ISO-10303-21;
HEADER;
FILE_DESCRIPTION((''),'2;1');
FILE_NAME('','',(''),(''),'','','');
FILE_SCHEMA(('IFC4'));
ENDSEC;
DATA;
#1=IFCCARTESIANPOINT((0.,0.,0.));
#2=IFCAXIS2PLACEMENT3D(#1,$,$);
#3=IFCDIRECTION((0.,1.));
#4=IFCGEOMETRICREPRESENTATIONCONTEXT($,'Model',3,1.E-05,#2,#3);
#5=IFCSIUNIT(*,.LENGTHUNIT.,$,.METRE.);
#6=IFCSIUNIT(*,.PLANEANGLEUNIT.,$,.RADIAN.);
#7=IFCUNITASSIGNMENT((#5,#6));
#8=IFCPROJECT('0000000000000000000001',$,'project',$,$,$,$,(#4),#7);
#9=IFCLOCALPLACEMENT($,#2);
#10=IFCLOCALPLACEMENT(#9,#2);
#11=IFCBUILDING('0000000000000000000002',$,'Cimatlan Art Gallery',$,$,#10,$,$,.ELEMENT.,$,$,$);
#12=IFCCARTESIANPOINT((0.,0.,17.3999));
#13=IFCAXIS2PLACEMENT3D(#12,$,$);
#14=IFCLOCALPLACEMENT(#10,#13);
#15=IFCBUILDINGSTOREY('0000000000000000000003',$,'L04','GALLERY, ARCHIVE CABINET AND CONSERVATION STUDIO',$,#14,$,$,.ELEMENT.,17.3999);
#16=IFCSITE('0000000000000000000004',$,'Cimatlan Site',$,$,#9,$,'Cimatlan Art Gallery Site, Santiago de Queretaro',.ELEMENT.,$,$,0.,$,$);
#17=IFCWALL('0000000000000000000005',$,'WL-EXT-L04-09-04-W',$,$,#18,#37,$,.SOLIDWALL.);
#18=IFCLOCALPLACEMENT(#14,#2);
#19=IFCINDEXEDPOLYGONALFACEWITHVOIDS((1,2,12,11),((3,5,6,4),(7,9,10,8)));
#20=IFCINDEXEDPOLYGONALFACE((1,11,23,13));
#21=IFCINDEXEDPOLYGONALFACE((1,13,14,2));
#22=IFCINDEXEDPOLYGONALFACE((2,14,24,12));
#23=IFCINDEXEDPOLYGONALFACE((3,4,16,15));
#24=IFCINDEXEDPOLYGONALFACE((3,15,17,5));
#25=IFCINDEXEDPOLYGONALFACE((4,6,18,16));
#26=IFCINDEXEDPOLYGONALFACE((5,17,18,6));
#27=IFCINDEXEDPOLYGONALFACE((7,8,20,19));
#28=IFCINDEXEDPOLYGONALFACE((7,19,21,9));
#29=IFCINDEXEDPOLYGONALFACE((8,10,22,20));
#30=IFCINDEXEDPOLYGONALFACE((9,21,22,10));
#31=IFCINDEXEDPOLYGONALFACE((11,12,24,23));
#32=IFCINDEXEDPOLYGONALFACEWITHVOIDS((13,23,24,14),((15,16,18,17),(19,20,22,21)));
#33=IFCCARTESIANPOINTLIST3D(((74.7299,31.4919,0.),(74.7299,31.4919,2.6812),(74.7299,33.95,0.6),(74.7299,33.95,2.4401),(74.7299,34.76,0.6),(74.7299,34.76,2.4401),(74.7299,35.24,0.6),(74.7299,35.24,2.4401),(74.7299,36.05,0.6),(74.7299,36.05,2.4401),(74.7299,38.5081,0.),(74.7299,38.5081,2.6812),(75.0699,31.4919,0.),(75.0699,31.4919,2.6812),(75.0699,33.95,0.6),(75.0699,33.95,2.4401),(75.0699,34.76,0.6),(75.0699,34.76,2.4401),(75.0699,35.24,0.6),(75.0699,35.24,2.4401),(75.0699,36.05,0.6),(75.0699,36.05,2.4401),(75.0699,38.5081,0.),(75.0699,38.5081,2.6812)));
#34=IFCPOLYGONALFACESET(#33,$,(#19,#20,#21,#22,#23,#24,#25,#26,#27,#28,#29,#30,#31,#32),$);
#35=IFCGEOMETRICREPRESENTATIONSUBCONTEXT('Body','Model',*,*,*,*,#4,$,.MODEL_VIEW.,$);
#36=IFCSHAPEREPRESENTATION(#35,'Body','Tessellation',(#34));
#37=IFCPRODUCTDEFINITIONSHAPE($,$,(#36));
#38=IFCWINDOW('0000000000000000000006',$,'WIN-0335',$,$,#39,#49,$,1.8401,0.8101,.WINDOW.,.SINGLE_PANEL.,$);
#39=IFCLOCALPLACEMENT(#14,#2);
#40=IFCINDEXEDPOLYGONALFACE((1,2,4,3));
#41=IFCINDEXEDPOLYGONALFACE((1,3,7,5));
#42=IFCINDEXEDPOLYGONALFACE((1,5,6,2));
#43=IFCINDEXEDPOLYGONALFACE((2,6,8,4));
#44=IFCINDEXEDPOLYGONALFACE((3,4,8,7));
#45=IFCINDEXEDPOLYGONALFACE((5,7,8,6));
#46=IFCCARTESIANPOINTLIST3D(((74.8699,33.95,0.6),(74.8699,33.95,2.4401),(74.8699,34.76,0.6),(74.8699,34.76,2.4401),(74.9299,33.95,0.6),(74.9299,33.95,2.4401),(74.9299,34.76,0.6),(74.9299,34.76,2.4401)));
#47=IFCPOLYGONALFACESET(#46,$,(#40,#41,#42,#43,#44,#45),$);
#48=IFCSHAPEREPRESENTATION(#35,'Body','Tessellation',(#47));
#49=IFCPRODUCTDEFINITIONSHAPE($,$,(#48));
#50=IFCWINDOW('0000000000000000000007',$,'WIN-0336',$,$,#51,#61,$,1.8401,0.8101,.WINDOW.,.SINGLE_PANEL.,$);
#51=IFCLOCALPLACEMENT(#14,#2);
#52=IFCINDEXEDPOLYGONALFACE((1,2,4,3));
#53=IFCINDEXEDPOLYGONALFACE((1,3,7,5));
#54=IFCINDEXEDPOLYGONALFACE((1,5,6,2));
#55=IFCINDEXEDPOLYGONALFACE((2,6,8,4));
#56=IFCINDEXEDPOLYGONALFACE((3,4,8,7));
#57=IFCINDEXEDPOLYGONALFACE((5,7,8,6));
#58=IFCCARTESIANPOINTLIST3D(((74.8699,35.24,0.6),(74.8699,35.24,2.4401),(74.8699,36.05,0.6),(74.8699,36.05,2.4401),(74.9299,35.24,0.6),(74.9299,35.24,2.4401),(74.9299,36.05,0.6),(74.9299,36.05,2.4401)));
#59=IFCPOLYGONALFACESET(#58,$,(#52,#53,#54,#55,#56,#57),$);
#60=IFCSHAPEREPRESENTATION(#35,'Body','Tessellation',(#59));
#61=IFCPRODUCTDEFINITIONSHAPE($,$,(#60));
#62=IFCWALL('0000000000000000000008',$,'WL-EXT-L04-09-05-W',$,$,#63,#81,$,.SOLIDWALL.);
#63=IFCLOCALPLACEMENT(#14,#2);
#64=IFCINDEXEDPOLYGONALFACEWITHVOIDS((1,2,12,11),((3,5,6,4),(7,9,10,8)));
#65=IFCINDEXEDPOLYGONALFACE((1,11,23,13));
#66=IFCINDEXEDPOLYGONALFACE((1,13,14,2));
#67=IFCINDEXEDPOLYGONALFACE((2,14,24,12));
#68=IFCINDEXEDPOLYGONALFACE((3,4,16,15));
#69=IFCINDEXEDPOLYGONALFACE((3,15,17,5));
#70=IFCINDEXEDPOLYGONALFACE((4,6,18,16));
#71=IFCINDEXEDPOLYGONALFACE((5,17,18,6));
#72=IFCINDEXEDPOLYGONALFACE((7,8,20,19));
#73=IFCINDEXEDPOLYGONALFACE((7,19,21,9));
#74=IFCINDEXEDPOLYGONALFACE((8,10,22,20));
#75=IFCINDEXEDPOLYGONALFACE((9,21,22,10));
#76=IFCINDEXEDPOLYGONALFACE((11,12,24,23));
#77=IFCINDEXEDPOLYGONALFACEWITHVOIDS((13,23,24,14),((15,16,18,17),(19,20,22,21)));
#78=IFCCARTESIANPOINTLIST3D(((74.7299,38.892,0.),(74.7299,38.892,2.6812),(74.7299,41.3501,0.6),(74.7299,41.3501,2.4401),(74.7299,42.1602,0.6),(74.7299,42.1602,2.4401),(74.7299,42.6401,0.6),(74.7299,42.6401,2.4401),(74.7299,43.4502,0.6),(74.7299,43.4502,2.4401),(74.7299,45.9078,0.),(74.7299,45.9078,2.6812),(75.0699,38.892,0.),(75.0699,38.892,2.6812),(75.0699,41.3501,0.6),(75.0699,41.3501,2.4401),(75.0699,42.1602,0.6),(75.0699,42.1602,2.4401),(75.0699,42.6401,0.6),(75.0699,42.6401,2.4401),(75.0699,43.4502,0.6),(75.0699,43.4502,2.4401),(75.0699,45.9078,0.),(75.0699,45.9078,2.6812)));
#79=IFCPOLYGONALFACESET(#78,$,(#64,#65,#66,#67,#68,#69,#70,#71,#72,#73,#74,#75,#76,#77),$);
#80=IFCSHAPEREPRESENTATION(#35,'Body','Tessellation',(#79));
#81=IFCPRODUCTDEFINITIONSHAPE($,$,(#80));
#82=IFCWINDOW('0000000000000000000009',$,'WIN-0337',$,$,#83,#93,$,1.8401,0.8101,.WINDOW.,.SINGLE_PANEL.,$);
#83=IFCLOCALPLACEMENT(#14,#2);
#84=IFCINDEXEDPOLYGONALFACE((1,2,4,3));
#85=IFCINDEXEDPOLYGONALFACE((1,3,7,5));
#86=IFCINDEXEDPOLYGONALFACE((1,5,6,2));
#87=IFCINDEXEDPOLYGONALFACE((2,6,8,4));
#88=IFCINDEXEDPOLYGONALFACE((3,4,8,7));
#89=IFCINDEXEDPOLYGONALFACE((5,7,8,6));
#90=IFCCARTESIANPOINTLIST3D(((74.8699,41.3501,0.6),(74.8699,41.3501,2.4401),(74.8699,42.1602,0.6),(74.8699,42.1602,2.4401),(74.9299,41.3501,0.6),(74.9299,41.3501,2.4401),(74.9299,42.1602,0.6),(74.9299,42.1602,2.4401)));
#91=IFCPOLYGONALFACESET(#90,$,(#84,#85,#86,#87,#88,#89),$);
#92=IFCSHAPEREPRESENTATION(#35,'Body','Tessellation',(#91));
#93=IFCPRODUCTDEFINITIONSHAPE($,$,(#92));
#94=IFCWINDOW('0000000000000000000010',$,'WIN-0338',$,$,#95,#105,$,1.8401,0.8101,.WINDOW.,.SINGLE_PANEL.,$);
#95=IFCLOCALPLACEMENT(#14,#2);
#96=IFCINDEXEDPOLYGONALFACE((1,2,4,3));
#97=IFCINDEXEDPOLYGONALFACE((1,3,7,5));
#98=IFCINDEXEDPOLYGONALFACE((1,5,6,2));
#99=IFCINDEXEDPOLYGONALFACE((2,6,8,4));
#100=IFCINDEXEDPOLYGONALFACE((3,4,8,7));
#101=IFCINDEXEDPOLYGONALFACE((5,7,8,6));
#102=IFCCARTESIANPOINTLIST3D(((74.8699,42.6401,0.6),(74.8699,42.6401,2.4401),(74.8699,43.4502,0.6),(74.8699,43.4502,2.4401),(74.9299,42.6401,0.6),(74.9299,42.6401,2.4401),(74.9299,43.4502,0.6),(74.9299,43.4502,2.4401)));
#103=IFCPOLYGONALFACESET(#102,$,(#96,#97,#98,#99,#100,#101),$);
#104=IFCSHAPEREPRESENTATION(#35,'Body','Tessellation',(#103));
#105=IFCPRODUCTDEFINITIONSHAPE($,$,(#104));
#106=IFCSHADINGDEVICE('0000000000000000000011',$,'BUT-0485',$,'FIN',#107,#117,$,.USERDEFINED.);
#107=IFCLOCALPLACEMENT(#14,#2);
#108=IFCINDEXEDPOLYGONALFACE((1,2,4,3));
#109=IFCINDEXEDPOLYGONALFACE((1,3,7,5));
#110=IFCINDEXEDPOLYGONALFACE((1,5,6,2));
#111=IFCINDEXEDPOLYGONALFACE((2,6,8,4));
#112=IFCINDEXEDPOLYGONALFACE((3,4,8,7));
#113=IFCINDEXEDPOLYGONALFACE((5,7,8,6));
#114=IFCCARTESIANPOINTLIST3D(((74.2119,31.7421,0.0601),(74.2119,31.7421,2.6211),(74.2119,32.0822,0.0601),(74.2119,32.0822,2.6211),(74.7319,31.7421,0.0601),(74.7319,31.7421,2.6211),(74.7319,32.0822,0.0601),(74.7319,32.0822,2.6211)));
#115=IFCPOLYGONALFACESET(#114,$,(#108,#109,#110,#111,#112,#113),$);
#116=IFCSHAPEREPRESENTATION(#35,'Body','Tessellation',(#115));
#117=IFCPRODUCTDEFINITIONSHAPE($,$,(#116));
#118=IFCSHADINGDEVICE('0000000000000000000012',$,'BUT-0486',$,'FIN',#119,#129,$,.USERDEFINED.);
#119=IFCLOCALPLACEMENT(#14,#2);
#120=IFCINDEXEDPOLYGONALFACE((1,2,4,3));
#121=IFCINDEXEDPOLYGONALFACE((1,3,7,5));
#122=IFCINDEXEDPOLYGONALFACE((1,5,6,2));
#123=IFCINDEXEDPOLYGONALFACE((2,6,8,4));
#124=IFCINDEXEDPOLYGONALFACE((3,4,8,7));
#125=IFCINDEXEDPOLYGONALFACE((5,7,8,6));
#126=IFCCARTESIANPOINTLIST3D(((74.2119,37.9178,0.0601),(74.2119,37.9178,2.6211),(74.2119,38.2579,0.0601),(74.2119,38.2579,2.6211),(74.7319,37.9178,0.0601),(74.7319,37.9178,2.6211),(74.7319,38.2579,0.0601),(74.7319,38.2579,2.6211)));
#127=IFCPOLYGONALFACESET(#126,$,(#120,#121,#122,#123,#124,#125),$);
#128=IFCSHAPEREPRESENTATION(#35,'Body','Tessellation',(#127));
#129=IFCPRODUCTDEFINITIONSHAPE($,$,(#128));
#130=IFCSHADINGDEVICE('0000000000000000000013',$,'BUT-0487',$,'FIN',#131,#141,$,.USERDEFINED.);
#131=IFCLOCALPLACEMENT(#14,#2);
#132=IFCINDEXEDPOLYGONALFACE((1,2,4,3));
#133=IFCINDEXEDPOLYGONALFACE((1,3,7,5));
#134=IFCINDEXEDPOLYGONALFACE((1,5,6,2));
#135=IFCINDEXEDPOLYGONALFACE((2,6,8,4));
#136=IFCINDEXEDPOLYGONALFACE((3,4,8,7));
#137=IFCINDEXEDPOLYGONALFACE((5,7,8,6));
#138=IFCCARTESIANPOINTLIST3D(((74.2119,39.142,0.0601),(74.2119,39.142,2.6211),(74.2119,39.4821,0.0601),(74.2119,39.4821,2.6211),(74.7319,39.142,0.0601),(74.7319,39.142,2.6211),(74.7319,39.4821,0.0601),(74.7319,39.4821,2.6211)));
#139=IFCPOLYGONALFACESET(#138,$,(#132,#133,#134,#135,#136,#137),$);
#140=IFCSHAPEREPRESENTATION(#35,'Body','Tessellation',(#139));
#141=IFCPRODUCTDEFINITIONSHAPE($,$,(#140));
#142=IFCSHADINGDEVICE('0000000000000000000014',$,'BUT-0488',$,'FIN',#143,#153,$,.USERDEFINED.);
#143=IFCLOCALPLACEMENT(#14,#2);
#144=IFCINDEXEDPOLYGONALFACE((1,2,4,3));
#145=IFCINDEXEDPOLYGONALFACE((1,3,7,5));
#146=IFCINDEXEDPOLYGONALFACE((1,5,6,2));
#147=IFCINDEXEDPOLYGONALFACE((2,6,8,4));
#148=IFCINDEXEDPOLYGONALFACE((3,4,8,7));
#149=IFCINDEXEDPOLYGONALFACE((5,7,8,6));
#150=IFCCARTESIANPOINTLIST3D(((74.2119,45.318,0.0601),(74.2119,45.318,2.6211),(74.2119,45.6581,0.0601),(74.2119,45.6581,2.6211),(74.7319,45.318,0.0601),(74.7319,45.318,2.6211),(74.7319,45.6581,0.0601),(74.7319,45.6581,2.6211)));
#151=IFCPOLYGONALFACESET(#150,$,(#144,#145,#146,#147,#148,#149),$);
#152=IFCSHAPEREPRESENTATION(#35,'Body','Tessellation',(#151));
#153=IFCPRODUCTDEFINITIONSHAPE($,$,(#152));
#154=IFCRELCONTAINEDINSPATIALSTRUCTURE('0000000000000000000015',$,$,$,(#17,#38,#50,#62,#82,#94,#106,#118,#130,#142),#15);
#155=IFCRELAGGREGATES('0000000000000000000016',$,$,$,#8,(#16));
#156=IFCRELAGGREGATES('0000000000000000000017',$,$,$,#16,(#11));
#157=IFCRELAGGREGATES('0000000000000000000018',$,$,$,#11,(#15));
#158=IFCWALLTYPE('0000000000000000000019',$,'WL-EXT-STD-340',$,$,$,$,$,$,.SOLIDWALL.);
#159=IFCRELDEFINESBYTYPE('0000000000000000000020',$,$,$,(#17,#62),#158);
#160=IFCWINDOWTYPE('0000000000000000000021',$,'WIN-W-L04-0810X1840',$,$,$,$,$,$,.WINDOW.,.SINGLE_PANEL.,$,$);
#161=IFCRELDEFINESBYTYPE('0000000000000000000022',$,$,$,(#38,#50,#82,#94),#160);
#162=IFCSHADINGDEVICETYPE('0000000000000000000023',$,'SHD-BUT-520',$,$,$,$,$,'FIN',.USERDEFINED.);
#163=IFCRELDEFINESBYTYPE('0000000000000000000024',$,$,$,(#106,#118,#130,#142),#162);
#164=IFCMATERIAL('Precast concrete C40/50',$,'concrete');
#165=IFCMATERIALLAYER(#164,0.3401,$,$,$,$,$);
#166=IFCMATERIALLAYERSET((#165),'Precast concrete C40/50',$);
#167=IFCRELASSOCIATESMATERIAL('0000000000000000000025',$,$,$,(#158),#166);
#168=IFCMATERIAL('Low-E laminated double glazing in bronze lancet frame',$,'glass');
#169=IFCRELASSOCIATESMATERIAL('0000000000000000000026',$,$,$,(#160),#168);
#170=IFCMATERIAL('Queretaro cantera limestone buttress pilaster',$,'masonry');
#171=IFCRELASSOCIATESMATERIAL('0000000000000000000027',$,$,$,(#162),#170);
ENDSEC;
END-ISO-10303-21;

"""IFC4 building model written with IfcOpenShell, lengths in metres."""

from ifc_helpers import new_model, si_unit, direction, frame, frame_2d, origin, origin_2d, place, context, subcontext, project, spatial, rectangle, extrude, material, layer, layer_set, type_object, element, fill, save


model = new_model("IFC4")

# Units and contexts
model_context = context("Model", 3, precision=1e-05, world=origin(), true_north=direction((0.0, 1.0)))
body_context = subcontext(model_context, "Body", "Model", "MODEL_VIEW")
ifc_project = project(units=[si_unit("LENGTHUNIT", "METRE"), si_unit("PLANEANGLEUNIT", "RADIAN")], contexts=[model_context])

# Site, building, storey
site_placement = place(None, origin())
site = spatial("IfcSite", under=ifc_project, at=site_placement, Name="Cimatlan Site", LongName="Cimatlan Art Gallery Site, Santiago de Queretaro", CompositionType="ELEMENT", RefElevation=0.0)
building_placement = place(site_placement, origin())
building = spatial("IfcBuilding", under=site, at=building_placement, Name="Cimatlan Art Gallery", CompositionType="ELEMENT")
storey_placement = place(building_placement, frame((0.0, 0.0, 17.3999)))
storey = spatial("IfcBuildingStorey", under=building, at=storey_placement, Name="L04", Description="GALLERY, ARCHIVE CABINET AND CONSERVATION STUDIO", CompositionType="ELEMENT", Elevation=17.3999)

# Shared definitions
ifc_material_1 = material(Name="Precast concrete C40/50", Category="concrete")

# Walls, openings, windows
ifc_layer_1 = layer(ifc_material_1, 0.3401)
ifc_layer_set_1 = layer_set([ifc_layer_1], Name="Precast concrete C40/50")
wall_type_1 = type_object("IfcWallType", Name="WL-EXT-STD-340", PredefinedType="SOLIDWALL", material=ifc_layer_set_1)
wall_1_placement = place(storey_placement, frame((74.8999, 31.4919, 0.0), z_axis=(0.0, 0.0, 1.0), x_axis=(0.0, 1.0, 0.0)))
wall_1 = element("IfcWall", 1, at=wall_1_placement, inside=storey, type_object=wall_type_1, Name="WL-EXT-L04-09-04-W", PredefinedType="SOLIDWALL", context=body_context, shape_type="SweptSolid", body=[
    extrude(rectangle(XDim=7.0161, YDim=0.3401, at=frame_2d((3.5081, 0.0))), origin(), (0.0, 0.0, 1.0), 2.6812),
])
opening_1_placement = place(wall_1_placement, frame((2.458, 0.0, 0.6001)))
opening_1 = element("IfcOpeningElement", 2, at=opening_1_placement, cuts=wall_1, PredefinedType="OPENING", context=body_context, shape_type="SweptSolid", body=[
    extrude(rectangle(XDim=0.8101, YDim=1.8401, at=frame_2d((0.405, 0.9199))), frame((0.0, 0.1802, 0.0), z_axis=(0.0, -1.0, 0.0), x_axis=(1.0, 0.0, 0.0)), (0.0, 0.0, 1.0), 0.3601),
])
opening_2_placement = place(wall_1_placement, frame((3.748, 0.0, 0.6001)))
opening_2 = element("IfcOpeningElement", 3, at=opening_2_placement, cuts=wall_1, PredefinedType="OPENING", context=body_context, shape_type="SweptSolid", body=[
    extrude(rectangle(XDim=0.8101, YDim=1.8401, at=frame_2d((0.405, 0.9199))), frame((0.0, 0.1802, 0.0), z_axis=(0.0, -1.0, 0.0), x_axis=(1.0, 0.0, 0.0)), (0.0, 0.0, 1.0), 0.3601),
])
ifc_material_2 = material(Name="Low-E laminated double glazing in bronze lancet frame", Category="glass")
window_type = type_object("IfcWindowType", Name="WIN-W-L04-0810X1840", PartitioningType="SINGLE_PANEL", PredefinedType="WINDOW", material=ifc_material_2)
window_1_placement = place(opening_1_placement, origin())
window_1 = element("IfcWindow", 4, at=window_1_placement, inside=storey, type_object=window_type, Name="WIN-0335", OverallHeight=1.8401, OverallWidth=0.8101, PartitioningType="SINGLE_PANEL", PredefinedType="WINDOW", context=body_context, shape_type="SweptSolid", body=[
    extrude(rectangle(XDim=0.8101, YDim=1.8401, at=frame_2d((0.405, 0.9199))), frame((0.0, 0.03, 0.0), z_axis=(0.0, -1.0, 0.0), x_axis=(1.0, 0.0, 0.0)), (0.0, 0.0, 1.0), 0.0601),
])
fill(opening_1, window_1)
window_2_placement = place(opening_2_placement, origin())
window_2 = element("IfcWindow", 5, at=window_2_placement, inside=storey, type_object=window_type, Name="WIN-0336", OverallHeight=1.8401, OverallWidth=0.8101, PartitioningType="SINGLE_PANEL", PredefinedType="WINDOW", context=body_context, shape_type="SweptSolid", body=[
    extrude(rectangle(XDim=0.8101, YDim=1.8401, at=frame_2d((0.405, 0.9199))), frame((0.0, 0.03, 0.0), z_axis=(0.0, -1.0, 0.0), x_axis=(1.0, 0.0, 0.0)), (0.0, 0.0, 1.0), 0.0601),
])
fill(opening_2, window_2)
wall_2_placement = place(storey_placement, frame((74.8999, 38.8921, 0.0), z_axis=(0.0, 0.0, 1.0), x_axis=(0.0, 1.0, 0.0)))
wall_2 = element("IfcWall", 6, at=wall_2_placement, inside=storey, type_object=wall_type_1, Name="WL-EXT-L04-09-05-W", PredefinedType="SOLIDWALL", context=body_context, shape_type="SweptSolid", body=[
    extrude(rectangle(XDim=7.0159, YDim=0.3401, at=frame_2d((3.5078, 0.0))), origin(), (0.0, 0.0, 1.0), 2.6812),
])
opening_3_placement = place(wall_2_placement, frame((2.458, 0.0, 0.6001)))
opening_3 = element("IfcOpeningElement", 7, at=opening_3_placement, cuts=wall_2, PredefinedType="OPENING", context=body_context, shape_type="SweptSolid", body=[
    extrude(rectangle(XDim=0.8101, YDim=1.8401, at=frame_2d((0.405, 0.9199))), frame((0.0, 0.1802, 0.0), z_axis=(0.0, -1.0, 0.0), x_axis=(1.0, 0.0, 0.0)), (0.0, 0.0, 1.0), 0.3601),
])
opening_4_placement = place(wall_2_placement, frame((3.748, 0.0, 0.6001)))
opening_4 = element("IfcOpeningElement", 8, at=opening_4_placement, cuts=wall_2, PredefinedType="OPENING", context=body_context, shape_type="SweptSolid", body=[
    extrude(rectangle(XDim=0.8101, YDim=1.8401, at=frame_2d((0.405, 0.9199))), frame((0.0, 0.1802, 0.0), z_axis=(0.0, -1.0, 0.0), x_axis=(1.0, 0.0, 0.0)), (0.0, 0.0, 1.0), 0.3601),
])
window_3_placement = place(opening_3_placement, origin())
window_3 = element("IfcWindow", 9, at=window_3_placement, inside=storey, type_object=window_type, Name="WIN-0337", OverallHeight=1.8401, OverallWidth=0.8101, PartitioningType="SINGLE_PANEL", PredefinedType="WINDOW", context=body_context, shape_type="SweptSolid", body=[
    extrude(rectangle(XDim=0.8101, YDim=1.8401, at=frame_2d((0.405, 0.9199))), frame((0.0, 0.03, 0.0), z_axis=(0.0, -1.0, 0.0), x_axis=(1.0, 0.0, 0.0)), (0.0, 0.0, 1.0), 0.0601),
])
fill(opening_3, window_3)
window_4_placement = place(opening_4_placement, origin())
window_4 = element("IfcWindow", 10, at=window_4_placement, inside=storey, type_object=window_type, Name="WIN-0338", OverallHeight=1.8401, OverallWidth=0.8101, PartitioningType="SINGLE_PANEL", PredefinedType="WINDOW", context=body_context, shape_type="SweptSolid", body=[
    extrude(rectangle(XDim=0.8101, YDim=1.8401, at=frame_2d((0.405, 0.9199))), frame((0.0, 0.03, 0.0), z_axis=(0.0, -1.0, 0.0), x_axis=(1.0, 0.0, 0.0)), (0.0, 0.0, 1.0), 0.0601),
])
fill(opening_4, window_4)

# Shading devices
ifc_material_3 = material(Name="Queretaro cantera limestone buttress pilaster", Category="masonry")
shading_device_type = type_object("IfcShadingDeviceType", Name="SHD-BUT-520", ElementType="FIN", PredefinedType="USERDEFINED", material=ifc_material_3)
for number, where, z_axis, x_axis, name in (
    (11, (74.4719, 31.9121, 0.0601), (0.0, 0.0, 1.0), (0.0, 1.0, 0.0), "BUT-0485"),
    (12, (74.4719, 38.0879, 0.0601), (0.0, 0.0, 1.0), (0.0, 1.0, 0.0), "BUT-0486"),
    (13, (74.4719, 39.312, 0.0601), (0.0, 0.0, 1.0), (0.0, 1.0, 0.0), "BUT-0487"),
    (14, (74.4719, 45.488, 0.0601), (0.0, 0.0, 1.0), (0.0, 1.0, 0.0), "BUT-0488"),
):
    element("IfcShadingDevice", number, at=place(storey_placement, frame(where, z_axis=z_axis, x_axis=x_axis)), inside=storey, type_object=shading_device_type, Name=name, ObjectType="FIN", PredefinedType="USERDEFINED", context=body_context, shape_type="SweptSolid", body=[
        extrude(rectangle(XDim=0.3401, YDim=0.52, at=origin_2d()), origin(), (0.0, 0.0, 1.0), 2.561),
    ])

save(model, "model.ifc")
